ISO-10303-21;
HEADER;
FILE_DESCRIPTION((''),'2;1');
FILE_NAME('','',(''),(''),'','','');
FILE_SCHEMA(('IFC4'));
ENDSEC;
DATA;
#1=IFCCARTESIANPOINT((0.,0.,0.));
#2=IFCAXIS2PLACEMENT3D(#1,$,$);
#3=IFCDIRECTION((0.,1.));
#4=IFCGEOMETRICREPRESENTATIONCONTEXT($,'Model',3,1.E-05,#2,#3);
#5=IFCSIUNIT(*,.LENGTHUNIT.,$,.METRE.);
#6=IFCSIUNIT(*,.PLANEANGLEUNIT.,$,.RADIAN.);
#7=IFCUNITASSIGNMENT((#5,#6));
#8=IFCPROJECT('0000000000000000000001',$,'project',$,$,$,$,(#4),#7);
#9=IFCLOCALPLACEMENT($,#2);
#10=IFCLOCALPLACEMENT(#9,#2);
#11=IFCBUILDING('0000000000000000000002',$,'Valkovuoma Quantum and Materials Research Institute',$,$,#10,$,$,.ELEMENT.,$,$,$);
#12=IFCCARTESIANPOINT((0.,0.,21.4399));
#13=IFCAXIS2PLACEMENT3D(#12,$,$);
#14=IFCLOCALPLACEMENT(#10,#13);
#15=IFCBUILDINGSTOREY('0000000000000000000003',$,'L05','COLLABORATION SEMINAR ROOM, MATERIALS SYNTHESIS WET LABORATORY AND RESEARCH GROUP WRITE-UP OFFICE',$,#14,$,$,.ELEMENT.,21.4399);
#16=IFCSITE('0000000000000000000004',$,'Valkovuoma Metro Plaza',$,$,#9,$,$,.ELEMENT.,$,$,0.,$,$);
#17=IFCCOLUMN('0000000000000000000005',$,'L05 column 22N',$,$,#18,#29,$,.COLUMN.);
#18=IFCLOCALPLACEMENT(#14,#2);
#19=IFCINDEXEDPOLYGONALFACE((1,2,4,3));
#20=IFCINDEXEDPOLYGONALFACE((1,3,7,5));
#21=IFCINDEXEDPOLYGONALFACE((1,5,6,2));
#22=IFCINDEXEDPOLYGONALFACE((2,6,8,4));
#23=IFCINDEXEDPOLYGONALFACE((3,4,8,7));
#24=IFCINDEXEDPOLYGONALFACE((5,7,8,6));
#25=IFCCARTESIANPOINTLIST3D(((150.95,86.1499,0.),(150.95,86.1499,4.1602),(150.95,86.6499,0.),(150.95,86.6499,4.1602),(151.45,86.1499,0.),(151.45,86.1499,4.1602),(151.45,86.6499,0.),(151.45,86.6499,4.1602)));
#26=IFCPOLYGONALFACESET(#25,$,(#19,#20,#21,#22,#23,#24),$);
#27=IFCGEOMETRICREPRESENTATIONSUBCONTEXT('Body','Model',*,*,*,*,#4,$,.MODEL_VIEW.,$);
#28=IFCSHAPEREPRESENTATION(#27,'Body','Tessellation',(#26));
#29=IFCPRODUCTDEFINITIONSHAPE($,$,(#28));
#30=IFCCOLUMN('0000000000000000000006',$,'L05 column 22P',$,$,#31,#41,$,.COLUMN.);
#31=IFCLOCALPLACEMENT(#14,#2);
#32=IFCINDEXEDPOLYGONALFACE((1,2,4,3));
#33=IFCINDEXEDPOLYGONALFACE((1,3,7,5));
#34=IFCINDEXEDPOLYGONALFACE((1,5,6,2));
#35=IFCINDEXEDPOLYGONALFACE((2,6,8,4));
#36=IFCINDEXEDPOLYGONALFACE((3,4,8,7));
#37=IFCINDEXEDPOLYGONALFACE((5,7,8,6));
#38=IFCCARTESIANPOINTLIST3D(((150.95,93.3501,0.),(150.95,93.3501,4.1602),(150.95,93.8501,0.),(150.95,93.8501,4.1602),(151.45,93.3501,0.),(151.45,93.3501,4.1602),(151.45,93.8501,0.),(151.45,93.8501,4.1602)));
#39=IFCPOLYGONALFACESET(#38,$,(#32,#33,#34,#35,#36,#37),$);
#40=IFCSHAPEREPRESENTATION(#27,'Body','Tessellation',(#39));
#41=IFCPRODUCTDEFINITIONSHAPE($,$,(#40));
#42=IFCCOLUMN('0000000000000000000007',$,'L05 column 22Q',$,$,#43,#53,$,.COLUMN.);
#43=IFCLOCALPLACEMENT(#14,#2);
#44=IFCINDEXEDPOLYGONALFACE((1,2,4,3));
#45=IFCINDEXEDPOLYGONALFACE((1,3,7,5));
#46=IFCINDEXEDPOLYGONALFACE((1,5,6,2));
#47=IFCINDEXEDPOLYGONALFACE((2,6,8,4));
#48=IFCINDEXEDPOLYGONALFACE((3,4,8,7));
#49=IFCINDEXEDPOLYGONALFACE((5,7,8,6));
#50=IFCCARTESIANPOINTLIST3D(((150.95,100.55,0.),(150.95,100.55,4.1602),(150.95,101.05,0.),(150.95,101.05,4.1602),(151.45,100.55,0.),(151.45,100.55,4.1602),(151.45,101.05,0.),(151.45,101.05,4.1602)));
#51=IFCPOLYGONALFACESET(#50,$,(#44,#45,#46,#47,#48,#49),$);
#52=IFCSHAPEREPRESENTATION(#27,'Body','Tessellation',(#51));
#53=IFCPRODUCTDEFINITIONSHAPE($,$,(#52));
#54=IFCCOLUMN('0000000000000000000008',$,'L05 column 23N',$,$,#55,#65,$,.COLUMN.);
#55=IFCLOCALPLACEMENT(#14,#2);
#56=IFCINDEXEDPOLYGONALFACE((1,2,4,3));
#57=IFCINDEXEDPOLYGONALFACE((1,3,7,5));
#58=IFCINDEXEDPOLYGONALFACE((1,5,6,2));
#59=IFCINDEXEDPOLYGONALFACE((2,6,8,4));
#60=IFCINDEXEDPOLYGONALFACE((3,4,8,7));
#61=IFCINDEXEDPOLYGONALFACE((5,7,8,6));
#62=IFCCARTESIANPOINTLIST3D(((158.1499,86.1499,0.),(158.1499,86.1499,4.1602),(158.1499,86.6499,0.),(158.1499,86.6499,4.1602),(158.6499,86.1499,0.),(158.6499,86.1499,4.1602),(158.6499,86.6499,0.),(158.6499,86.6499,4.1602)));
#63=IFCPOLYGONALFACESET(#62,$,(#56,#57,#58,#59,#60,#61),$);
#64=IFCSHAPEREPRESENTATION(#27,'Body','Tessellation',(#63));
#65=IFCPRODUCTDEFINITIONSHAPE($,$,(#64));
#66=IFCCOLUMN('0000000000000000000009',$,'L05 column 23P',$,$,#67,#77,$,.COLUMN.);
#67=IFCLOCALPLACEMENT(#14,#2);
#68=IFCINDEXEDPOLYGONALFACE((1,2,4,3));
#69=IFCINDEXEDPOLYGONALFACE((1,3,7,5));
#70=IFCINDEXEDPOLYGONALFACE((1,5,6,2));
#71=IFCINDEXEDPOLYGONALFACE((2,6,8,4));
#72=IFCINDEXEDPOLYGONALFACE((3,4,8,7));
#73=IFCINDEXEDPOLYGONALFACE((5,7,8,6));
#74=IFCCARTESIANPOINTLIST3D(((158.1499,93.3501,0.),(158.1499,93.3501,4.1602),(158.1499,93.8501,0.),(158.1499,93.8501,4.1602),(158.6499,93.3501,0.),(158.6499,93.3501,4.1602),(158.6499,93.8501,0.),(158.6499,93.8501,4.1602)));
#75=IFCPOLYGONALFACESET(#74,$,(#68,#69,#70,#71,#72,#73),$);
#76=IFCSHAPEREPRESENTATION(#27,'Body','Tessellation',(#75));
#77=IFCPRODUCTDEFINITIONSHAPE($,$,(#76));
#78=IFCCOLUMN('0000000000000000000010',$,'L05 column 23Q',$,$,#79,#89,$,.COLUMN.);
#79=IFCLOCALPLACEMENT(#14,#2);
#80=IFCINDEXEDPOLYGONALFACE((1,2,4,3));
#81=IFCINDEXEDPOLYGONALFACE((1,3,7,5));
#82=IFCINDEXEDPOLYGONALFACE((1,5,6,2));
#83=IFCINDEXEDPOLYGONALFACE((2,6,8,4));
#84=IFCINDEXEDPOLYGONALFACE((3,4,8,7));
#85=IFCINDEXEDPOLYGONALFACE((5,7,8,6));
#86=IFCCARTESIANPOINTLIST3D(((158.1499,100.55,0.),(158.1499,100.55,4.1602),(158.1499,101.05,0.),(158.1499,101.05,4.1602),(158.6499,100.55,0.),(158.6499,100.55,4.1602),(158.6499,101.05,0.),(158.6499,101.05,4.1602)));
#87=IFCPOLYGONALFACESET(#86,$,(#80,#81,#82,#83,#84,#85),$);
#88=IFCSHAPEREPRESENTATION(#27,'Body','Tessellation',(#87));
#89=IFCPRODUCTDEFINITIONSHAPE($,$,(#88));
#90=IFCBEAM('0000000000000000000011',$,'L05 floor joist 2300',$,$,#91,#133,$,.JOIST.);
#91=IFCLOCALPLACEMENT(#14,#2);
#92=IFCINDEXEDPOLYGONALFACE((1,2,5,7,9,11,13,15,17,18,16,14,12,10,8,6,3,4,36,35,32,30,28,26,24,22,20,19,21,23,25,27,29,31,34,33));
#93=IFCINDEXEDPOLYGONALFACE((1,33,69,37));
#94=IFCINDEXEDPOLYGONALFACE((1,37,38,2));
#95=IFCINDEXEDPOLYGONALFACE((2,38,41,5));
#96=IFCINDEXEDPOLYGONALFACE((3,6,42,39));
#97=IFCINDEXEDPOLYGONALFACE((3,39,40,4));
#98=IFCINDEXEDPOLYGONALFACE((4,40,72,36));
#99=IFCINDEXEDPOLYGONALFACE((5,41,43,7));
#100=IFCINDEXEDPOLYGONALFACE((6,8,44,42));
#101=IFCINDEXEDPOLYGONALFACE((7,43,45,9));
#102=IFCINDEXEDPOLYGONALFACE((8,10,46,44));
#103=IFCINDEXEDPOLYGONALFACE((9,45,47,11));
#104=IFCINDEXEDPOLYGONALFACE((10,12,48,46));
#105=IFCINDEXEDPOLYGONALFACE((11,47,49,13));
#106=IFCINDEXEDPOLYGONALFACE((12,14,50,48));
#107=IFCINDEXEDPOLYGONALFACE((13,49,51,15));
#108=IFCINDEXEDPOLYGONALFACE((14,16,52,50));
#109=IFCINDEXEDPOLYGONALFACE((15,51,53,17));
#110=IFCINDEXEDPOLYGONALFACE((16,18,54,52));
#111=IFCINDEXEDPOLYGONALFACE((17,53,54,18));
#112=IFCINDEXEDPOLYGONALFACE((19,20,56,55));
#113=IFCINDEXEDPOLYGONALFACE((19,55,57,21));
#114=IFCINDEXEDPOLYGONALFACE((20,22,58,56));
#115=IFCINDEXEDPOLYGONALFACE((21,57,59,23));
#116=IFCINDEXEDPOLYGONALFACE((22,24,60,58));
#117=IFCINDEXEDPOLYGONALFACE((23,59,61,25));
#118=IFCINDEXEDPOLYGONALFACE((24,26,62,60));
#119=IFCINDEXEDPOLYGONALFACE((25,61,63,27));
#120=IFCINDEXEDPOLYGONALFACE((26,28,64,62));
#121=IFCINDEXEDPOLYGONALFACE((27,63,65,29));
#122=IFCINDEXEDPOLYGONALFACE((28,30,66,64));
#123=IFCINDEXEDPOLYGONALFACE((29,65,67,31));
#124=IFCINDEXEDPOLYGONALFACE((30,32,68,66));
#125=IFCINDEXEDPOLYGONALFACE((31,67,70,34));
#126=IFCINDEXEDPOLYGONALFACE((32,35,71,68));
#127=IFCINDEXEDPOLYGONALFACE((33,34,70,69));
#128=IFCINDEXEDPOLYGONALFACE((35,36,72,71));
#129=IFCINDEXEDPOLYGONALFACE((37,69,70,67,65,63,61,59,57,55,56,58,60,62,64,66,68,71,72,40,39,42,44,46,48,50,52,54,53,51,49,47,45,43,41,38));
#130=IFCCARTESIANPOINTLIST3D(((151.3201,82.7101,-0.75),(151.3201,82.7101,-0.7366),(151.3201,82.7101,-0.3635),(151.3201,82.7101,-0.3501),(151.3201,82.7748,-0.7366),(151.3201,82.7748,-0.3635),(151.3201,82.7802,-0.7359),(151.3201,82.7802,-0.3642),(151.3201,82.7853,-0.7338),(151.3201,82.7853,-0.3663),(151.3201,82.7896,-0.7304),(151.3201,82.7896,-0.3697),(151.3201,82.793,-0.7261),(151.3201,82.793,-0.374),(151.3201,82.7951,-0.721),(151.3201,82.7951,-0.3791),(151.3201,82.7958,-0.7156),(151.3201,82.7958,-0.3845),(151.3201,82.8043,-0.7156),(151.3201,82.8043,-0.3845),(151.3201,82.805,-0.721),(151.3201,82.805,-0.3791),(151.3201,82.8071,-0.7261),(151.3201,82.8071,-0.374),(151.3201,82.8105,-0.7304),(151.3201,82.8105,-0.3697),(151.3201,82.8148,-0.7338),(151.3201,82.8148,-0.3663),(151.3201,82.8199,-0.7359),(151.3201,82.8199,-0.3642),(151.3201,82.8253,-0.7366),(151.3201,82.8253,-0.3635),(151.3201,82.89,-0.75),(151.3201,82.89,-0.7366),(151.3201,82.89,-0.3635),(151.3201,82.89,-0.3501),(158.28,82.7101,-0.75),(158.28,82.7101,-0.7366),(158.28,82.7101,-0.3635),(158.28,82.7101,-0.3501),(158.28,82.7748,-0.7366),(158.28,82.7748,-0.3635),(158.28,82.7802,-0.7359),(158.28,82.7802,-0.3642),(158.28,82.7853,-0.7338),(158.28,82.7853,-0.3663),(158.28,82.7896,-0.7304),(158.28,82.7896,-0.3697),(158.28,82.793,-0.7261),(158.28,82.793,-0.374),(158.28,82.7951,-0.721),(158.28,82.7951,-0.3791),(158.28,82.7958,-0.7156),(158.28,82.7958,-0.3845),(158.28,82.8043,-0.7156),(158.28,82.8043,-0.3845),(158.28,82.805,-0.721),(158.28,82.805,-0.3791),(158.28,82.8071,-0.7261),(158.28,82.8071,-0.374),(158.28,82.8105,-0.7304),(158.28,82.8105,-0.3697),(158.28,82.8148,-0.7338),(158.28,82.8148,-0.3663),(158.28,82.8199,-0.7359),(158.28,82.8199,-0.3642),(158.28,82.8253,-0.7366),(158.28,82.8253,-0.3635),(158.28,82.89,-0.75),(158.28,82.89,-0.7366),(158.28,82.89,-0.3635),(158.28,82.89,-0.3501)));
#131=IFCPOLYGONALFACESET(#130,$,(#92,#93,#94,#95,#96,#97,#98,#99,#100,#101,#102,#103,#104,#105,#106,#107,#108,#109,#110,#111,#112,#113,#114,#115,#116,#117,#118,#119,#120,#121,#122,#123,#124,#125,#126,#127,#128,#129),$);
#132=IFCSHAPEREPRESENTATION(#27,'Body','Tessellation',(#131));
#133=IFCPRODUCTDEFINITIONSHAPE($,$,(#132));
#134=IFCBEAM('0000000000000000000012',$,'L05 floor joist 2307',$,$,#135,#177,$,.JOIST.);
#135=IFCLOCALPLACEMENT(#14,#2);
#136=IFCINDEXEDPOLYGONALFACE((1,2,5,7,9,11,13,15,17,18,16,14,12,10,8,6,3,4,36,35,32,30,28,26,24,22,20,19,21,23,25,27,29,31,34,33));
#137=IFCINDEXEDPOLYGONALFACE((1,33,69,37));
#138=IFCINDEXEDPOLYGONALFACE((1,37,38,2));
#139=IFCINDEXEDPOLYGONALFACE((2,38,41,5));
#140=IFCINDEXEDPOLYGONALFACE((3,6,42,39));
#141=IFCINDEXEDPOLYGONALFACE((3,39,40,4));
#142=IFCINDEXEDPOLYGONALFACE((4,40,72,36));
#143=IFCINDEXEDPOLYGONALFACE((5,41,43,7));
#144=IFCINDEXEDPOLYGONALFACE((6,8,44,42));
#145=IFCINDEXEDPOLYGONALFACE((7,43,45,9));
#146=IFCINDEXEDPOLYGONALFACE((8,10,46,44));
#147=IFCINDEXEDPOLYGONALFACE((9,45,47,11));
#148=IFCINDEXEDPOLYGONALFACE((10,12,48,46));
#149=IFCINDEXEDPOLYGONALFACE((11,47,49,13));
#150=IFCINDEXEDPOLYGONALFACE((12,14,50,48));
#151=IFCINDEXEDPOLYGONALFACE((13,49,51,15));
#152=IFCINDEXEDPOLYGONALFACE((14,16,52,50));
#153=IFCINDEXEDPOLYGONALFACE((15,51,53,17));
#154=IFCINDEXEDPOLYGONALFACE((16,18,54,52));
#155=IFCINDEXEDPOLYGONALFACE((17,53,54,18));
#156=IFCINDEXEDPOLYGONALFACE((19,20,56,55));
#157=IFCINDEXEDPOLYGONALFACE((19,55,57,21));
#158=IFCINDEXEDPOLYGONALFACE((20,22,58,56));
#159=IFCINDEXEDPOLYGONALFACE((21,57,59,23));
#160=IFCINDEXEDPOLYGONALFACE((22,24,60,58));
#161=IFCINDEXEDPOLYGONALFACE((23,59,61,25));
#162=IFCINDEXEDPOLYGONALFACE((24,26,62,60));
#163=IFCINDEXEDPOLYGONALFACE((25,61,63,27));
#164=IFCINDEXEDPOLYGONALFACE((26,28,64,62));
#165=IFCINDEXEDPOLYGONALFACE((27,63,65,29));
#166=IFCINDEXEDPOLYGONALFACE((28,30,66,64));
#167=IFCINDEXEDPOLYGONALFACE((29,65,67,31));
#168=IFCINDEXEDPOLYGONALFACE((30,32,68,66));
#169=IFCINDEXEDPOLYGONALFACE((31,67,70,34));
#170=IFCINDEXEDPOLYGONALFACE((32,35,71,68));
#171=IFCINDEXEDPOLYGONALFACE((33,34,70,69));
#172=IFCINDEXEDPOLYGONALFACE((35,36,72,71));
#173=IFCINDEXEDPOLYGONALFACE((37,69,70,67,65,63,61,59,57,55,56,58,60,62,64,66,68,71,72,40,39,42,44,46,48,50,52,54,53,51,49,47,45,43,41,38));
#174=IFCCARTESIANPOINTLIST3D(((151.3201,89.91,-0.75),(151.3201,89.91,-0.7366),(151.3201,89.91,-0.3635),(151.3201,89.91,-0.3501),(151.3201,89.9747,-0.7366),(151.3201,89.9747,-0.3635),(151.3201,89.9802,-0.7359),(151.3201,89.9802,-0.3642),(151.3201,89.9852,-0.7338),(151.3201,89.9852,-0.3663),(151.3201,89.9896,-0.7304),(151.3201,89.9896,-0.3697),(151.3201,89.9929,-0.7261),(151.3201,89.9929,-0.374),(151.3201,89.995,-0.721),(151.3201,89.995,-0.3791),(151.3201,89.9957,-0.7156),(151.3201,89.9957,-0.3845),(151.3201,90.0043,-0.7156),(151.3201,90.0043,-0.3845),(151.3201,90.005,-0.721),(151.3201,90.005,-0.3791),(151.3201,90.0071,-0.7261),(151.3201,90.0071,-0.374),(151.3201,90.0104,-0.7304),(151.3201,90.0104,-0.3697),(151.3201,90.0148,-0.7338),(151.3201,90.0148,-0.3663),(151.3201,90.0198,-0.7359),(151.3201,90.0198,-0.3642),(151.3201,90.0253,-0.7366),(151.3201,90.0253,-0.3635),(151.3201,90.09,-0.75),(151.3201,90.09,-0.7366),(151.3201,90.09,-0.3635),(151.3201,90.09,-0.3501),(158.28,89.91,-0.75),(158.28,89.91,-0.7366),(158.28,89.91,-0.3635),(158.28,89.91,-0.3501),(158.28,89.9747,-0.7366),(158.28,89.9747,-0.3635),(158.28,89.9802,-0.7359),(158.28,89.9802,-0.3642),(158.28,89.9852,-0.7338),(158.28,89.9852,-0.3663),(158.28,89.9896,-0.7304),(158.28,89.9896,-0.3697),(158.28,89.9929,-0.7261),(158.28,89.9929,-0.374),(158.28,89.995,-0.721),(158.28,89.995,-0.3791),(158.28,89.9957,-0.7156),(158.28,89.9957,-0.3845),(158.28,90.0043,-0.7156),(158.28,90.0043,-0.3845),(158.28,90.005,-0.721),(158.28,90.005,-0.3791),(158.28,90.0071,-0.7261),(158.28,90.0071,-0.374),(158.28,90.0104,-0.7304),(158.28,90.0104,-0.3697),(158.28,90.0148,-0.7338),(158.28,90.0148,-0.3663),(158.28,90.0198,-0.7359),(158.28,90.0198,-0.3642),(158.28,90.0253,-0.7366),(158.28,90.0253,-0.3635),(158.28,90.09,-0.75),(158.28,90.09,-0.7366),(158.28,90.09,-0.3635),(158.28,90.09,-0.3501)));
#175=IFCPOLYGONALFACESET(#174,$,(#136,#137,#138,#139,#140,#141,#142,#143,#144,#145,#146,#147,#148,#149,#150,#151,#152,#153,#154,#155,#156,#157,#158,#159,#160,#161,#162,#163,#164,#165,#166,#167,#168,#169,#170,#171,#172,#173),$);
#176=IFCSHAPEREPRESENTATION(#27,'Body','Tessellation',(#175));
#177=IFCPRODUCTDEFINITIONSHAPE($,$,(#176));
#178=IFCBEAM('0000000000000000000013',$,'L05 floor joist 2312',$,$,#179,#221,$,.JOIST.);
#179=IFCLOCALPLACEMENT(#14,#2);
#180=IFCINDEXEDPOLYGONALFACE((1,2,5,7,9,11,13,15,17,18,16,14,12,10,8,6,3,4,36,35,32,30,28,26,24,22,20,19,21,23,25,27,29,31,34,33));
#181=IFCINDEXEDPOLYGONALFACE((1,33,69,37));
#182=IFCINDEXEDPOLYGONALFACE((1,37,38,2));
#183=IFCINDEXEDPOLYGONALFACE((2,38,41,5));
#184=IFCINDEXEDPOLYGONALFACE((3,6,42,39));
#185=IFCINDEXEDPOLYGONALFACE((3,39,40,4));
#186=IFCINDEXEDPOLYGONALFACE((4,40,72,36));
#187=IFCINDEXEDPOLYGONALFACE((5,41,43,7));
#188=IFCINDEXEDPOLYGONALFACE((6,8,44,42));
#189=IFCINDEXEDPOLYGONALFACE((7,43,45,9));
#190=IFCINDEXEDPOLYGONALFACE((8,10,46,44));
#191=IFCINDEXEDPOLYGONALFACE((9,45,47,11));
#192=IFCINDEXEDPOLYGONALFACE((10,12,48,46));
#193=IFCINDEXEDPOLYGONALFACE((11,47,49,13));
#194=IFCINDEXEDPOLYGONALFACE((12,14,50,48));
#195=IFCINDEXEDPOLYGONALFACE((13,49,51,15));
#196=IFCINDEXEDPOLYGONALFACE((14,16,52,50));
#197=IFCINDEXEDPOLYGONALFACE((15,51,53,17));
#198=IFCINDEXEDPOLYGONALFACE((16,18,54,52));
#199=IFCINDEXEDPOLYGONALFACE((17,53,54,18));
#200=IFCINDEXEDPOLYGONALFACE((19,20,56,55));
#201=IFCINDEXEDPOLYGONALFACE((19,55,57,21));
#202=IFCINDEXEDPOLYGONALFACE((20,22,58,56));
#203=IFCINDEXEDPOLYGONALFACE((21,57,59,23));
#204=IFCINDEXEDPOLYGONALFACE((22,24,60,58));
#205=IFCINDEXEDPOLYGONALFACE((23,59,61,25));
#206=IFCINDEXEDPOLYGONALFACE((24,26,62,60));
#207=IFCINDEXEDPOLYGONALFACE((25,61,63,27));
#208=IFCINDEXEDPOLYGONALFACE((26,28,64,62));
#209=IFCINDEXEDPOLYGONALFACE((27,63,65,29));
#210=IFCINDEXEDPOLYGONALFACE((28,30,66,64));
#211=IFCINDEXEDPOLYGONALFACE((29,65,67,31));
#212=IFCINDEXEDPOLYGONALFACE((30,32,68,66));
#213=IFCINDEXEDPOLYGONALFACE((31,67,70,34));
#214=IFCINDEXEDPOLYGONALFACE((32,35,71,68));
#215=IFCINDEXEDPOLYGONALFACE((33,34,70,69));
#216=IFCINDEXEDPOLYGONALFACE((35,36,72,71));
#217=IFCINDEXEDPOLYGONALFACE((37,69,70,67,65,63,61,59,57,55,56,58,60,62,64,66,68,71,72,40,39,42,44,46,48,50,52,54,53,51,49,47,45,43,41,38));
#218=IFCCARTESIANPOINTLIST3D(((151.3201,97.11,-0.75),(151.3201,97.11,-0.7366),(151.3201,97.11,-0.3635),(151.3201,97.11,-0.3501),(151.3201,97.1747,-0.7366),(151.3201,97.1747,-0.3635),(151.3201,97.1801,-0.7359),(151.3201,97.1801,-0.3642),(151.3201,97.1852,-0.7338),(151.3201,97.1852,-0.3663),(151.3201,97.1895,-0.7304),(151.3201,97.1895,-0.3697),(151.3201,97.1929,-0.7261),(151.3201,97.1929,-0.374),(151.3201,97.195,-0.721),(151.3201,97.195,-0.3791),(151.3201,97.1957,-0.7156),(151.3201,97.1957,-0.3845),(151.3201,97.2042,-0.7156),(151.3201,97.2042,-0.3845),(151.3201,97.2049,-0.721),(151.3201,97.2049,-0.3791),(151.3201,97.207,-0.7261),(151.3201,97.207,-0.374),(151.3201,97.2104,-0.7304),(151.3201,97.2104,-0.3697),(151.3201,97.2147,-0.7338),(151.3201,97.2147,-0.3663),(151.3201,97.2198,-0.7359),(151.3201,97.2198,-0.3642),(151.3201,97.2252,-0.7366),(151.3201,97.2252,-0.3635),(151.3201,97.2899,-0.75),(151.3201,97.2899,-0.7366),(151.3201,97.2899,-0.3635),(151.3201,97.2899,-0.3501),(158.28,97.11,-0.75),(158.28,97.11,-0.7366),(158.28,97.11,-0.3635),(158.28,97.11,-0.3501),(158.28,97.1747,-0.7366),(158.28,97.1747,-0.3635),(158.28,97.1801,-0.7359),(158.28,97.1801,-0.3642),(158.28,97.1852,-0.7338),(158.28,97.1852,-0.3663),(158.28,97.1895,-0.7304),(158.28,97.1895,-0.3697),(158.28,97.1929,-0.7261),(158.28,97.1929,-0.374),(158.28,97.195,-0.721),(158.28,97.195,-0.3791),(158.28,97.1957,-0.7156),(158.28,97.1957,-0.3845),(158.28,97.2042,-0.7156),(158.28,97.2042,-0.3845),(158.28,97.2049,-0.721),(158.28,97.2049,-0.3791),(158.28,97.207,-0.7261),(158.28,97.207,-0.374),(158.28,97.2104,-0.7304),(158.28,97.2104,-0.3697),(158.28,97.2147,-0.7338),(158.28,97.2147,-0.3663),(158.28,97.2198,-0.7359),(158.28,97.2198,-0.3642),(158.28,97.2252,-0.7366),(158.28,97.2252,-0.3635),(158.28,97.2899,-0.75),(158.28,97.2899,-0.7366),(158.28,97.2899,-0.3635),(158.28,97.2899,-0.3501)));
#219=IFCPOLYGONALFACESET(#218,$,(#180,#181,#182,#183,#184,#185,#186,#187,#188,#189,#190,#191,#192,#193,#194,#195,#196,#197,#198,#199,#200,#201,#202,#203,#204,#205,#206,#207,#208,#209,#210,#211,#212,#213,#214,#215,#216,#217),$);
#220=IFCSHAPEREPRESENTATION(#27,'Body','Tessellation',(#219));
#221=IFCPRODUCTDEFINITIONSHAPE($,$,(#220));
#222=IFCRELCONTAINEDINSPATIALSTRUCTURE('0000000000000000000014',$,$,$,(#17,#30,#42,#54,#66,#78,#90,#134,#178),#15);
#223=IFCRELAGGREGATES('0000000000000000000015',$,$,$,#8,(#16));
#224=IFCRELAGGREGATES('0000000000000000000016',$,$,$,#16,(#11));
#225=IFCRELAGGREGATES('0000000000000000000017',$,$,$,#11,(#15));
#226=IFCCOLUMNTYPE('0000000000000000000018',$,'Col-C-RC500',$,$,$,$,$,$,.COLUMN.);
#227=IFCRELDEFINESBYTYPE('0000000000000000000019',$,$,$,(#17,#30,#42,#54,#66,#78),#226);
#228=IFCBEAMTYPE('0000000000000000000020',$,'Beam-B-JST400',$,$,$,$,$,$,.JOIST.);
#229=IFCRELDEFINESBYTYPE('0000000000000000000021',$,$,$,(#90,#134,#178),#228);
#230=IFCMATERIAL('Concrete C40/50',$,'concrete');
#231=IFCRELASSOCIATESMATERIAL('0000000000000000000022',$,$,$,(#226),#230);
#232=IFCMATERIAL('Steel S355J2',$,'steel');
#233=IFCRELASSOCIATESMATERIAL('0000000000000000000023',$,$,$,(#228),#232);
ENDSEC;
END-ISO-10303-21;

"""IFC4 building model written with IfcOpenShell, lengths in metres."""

from ifc_helpers import new_model, si_unit, direction, frame, origin, origin_2d, place, context, subcontext, project, spatial, rectangle, i_section, extrude, material, material_profile, profile_set, type_object, element, save


model = new_model("IFC4")

# Units and contexts
model_context = context("Model", 3, precision=1e-05, world=origin(), true_north=direction((0.0, 1.0)))
body_context = subcontext(model_context, "Body", "Model", "MODEL_VIEW")
ifc_project = project(units=[si_unit("LENGTHUNIT", "METRE"), si_unit("PLANEANGLEUNIT", "RADIAN")], contexts=[model_context])

# Site, building, storey
site_placement = place(None, origin())
site = spatial("IfcSite", under=ifc_project, at=site_placement, Name="Valkovuoma Metro Plaza", CompositionType="ELEMENT", RefElevation=0.0)
building_placement = place(site_placement, origin())
building = spatial("IfcBuilding", under=site, at=building_placement, Name="Valkovuoma Quantum and Materials Research Institute", CompositionType="ELEMENT")
storey_placement = place(building_placement, frame((0.0, 0.0, 21.4399)))
storey = spatial("IfcBuildingStorey", under=building, at=storey_placement, Name="L05", Description="COLLABORATION SEMINAR ROOM, MATERIALS SYNTHESIS WET LABORATORY AND RESEARCH GROUP WRITE-UP OFFICE", CompositionType="ELEMENT", Elevation=21.4399)

# Columns
ifc_material_1 = material(Name="Concrete C40/50", Category="concrete")
ifc_material_profile_1 = material_profile(ifc_material_1, rectangle(XDim=0.5, YDim=0.5, at=origin_2d()), Name="Concrete C40/50")
ifc_profile_set_1 = profile_set([ifc_material_profile_1], Name="Concrete C40/50")
column_type = type_object("IfcColumnType", Name="Col-C-RC500", PredefinedType="COLUMN", material=ifc_profile_set_1)
for number, where, z_axis, x_axis, name in (
    (1, (151.2, 86.3999, 0.0), (0.0, 0.0, 1.0), (1.0, 0.0, 0.0), "L05 column 22N"),
    (2, (151.2, 93.6001, 0.0), (0.0, 0.0, 1.0), (1.0, 0.0, 0.0), "L05 column 22P"),
    (3, (151.2, 100.8, 0.0), (0.0, 0.0, 1.0), (1.0, 0.0, 0.0), "L05 column 22Q"),
    (4, (158.3999, 86.3999, 0.0), (0.0, 0.0, 1.0), (1.0, 0.0, 0.0), "L05 column 23N"),
    (5, (158.3999, 93.6001, 0.0), (0.0, 0.0, 1.0), (1.0, 0.0, 0.0), "L05 column 23P"),
    (6, (158.3999, 100.8, 0.0), (0.0, 0.0, 1.0), (1.0, 0.0, 0.0), "L05 column 23Q"),
):
    element("IfcColumn", number, at=place(storey_placement, frame(where, z_axis=z_axis, x_axis=x_axis)), inside=storey, type_object=column_type, Name=name, PredefinedType="COLUMN", context=body_context, shape_type="SweptSolid", body=[
        extrude(rectangle(XDim=0.5, YDim=0.5, at=origin_2d()), origin(), (0.0, 0.0, 1.0), 4.1602),
    ])

# Beams
ifc_material_2 = material(Name="Steel S355J2", Category="steel")
ifc_material_profile_2 = material_profile(ifc_material_2, i_section(OverallWidth=0.1799, OverallDepth=0.3999, WebThickness=0.0085, FlangeThickness=0.0134, FilletRadius=0.021, at=origin_2d()), Name="Steel S355J2")
ifc_profile_set_2 = profile_set([ifc_material_profile_2], Name="Steel S355J2")
beam_type_1 = type_object("IfcBeamType", Name="Beam-B-JST400", PredefinedType="JOIST", material=ifc_profile_set_2)
for number, where, z_axis, x_axis, name in (
    (7, (151.3201, 82.8, -0.55), (1.0, 0.0, 0.0), (0.0, 1.0, 0.0), "L05 floor joist 2300"),
    (8, (151.3201, 90.0, -0.55), (1.0, 0.0, 0.0), (0.0, 1.0, 0.0), "L05 floor joist 2307"),
    (9, (151.3201, 97.2, -0.55), (1.0, 0.0, 0.0), (0.0, 1.0, 0.0), "L05 floor joist 2312"),
):
    element("IfcBeam", number, at=place(storey_placement, frame(where, z_axis=z_axis, x_axis=x_axis)), inside=storey, type_object=beam_type_1, Name=name, PredefinedType="JOIST", context=body_context, shape_type="SweptSolid", body=[
        extrude(i_section(OverallWidth=0.1799, OverallDepth=0.3999, WebThickness=0.0085, FlangeThickness=0.0134, FilletRadius=0.021, at=origin_2d()), origin(), (0.0, 0.0, 1.0), 6.96),
    ])

save(model, "model.ifc")
